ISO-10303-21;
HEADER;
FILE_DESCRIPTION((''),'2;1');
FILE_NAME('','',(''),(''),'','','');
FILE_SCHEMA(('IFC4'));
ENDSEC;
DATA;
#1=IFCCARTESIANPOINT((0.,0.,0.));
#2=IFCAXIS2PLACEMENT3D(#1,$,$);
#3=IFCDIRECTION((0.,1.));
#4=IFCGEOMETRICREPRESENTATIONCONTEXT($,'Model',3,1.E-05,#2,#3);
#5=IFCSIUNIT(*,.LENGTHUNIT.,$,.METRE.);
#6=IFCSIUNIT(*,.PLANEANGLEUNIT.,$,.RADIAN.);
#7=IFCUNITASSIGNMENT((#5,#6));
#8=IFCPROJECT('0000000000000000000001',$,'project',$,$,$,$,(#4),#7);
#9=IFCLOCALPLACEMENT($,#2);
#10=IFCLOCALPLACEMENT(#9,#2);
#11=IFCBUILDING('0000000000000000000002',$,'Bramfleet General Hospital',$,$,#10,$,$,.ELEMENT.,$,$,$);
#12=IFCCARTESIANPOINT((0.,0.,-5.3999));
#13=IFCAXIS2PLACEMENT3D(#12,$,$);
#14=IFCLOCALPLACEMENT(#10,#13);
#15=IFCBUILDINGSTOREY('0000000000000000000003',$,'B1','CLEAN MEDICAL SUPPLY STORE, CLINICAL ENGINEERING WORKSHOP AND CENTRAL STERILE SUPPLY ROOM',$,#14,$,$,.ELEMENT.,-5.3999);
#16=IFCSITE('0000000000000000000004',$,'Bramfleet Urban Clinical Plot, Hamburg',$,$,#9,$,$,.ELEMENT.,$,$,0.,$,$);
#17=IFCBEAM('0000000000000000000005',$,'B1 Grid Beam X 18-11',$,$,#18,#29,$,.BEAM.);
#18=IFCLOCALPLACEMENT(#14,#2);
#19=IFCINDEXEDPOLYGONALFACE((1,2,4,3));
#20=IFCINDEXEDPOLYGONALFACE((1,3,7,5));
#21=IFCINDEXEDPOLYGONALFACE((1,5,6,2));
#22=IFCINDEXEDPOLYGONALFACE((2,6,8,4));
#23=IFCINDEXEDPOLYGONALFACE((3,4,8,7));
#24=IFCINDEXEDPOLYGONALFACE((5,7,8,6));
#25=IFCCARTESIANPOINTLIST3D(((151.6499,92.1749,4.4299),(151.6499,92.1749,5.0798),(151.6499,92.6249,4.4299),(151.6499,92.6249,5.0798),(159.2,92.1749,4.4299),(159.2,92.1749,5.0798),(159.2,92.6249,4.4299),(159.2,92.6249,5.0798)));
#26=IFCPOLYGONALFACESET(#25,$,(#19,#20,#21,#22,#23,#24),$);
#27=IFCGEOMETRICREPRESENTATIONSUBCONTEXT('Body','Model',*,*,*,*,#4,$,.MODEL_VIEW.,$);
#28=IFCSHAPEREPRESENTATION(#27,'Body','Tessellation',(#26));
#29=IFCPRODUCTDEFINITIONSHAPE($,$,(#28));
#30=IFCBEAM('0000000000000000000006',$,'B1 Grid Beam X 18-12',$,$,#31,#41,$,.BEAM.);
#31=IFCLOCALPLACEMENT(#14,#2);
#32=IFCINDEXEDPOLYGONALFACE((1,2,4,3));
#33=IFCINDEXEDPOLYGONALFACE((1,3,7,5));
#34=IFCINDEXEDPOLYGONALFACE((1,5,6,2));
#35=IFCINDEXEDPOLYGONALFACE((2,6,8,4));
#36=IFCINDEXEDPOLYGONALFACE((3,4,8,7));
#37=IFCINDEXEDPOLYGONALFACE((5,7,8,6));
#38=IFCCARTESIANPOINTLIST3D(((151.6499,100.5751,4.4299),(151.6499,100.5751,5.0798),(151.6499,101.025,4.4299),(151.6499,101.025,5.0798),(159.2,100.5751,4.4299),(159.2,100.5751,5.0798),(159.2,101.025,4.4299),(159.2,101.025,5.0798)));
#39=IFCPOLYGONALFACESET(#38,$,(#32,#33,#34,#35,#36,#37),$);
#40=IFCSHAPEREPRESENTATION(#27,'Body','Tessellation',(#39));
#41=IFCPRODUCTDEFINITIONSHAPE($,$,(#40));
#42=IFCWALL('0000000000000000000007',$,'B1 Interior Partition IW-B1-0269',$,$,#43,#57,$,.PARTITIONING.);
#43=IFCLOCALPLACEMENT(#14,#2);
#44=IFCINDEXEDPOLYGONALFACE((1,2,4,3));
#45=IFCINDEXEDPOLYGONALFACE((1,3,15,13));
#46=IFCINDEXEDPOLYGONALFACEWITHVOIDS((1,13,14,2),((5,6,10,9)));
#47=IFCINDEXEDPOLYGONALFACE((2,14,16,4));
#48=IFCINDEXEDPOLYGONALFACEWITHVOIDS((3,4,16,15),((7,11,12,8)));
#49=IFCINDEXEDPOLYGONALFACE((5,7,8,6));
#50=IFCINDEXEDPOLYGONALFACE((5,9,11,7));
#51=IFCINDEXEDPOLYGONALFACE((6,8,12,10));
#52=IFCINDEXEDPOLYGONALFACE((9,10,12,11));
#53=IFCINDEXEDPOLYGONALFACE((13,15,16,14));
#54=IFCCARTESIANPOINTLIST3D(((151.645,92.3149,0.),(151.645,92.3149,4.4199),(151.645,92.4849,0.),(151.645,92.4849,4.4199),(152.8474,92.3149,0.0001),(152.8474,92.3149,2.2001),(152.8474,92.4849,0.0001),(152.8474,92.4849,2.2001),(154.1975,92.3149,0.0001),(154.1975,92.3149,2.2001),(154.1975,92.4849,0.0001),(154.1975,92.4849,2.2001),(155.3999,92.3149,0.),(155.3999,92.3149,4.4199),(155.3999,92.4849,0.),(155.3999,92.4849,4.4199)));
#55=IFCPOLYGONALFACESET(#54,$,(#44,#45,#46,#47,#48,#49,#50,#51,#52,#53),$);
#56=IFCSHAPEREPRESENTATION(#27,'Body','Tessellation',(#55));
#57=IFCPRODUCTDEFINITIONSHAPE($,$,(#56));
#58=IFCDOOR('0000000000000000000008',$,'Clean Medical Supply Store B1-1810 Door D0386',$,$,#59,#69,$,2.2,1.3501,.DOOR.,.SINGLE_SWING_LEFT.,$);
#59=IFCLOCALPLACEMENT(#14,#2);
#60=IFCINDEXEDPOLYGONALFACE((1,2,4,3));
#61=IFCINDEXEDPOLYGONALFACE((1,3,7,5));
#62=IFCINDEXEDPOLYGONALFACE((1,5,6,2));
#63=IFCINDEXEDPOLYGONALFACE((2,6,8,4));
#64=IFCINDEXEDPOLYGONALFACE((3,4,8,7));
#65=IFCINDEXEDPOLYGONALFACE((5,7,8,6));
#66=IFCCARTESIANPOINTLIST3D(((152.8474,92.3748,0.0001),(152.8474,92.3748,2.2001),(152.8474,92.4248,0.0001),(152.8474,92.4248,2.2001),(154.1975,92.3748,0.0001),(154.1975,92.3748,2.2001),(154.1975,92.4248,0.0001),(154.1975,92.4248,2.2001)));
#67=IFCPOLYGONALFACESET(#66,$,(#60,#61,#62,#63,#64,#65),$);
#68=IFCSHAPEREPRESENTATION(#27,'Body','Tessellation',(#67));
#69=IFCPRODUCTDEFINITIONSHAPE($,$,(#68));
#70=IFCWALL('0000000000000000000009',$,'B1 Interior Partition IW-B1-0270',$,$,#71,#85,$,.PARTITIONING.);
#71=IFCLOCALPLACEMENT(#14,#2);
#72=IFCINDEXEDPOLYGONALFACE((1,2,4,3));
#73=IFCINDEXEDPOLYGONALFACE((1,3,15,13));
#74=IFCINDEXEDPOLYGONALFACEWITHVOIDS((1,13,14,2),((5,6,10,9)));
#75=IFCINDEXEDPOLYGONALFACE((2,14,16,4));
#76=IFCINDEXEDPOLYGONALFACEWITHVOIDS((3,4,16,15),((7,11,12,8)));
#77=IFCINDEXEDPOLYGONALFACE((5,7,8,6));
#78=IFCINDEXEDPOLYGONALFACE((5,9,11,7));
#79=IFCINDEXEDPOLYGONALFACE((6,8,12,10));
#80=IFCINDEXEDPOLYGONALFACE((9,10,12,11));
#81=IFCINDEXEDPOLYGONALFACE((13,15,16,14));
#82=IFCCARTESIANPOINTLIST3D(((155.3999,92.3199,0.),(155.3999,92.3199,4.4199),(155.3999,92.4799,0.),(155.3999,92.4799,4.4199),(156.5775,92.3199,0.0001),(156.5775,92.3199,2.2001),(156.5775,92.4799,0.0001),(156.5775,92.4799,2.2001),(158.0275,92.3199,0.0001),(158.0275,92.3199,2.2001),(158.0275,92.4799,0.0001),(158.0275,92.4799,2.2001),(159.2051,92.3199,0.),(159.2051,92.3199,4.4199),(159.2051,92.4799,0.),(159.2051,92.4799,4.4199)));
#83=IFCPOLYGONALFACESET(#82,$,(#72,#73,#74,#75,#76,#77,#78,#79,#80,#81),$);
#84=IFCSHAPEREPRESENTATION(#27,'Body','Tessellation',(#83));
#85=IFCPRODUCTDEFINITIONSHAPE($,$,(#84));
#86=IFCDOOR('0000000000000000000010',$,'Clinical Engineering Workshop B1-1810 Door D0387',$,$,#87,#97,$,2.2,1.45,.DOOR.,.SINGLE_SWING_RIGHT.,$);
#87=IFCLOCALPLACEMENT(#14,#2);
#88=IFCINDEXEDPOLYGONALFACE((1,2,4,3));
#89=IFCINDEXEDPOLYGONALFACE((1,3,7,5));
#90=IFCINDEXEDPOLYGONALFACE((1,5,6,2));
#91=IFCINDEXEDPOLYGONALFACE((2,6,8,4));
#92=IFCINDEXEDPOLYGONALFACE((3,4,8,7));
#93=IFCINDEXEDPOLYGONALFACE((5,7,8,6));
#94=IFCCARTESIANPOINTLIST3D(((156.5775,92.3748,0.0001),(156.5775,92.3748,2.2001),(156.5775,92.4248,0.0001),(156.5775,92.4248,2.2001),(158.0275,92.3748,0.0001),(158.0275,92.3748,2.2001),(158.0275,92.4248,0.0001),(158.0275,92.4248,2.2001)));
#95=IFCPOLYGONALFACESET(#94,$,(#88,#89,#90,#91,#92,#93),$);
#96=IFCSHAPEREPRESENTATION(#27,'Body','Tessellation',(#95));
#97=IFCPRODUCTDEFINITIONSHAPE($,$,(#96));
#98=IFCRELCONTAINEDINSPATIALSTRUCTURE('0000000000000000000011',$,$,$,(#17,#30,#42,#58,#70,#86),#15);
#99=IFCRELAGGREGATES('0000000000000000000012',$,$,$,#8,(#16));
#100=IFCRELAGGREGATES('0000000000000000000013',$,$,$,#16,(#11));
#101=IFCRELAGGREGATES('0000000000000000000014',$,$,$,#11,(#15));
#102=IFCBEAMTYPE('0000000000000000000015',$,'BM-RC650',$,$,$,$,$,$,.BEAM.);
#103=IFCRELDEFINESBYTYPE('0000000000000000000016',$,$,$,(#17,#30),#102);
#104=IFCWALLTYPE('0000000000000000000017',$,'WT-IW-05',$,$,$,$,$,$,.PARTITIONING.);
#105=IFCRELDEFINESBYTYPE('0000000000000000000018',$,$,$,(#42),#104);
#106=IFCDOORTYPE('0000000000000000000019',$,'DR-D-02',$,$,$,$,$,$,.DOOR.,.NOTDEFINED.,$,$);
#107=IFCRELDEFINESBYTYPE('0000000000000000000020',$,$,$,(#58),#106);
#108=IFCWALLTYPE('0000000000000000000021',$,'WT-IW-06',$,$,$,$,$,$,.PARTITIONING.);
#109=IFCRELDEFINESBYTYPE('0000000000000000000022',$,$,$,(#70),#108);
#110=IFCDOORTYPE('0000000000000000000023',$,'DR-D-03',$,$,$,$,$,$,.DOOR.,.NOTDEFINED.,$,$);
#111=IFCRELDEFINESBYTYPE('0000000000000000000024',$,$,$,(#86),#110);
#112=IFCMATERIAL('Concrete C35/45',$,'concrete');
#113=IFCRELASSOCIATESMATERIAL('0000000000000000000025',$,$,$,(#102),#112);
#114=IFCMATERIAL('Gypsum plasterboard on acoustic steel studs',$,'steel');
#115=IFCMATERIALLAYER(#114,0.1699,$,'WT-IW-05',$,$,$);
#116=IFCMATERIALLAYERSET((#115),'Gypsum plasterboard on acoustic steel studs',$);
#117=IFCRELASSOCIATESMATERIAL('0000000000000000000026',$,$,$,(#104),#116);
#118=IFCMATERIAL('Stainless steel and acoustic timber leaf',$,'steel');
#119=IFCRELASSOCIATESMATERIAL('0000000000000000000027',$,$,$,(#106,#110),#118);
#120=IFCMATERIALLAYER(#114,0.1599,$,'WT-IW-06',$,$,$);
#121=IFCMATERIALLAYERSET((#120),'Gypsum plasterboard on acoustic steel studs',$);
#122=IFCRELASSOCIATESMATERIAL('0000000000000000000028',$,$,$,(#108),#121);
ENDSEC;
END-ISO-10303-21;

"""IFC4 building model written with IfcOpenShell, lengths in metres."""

from ifc_helpers import new_model, si_unit, direction, frame, frame_2d, origin, origin_2d, place, context, subcontext, project, spatial, rectangle, extrude, material, layer, layer_set, material_profile, profile_set, type_object, element, fill, save


model = new_model("IFC4")

# Units and contexts
model_context = context("Model", 3, precision=1e-05, world=origin(), true_north=direction((0.0, 1.0)))
body_context = subcontext(model_context, "Body", "Model", "MODEL_VIEW")
ifc_project = project(units=[si_unit("LENGTHUNIT", "METRE"), si_unit("PLANEANGLEUNIT", "RADIAN")], contexts=[model_context])

# Site, building, storey
site_placement = place(None, origin())
site = spatial("IfcSite", under=ifc_project, at=site_placement, Name="Bramfleet Urban Clinical Plot, Hamburg", CompositionType="ELEMENT", RefElevation=0.0)
building_placement = place(site_placement, origin())
building = spatial("IfcBuilding", under=site, at=building_placement, Name="Bramfleet General Hospital", CompositionType="ELEMENT")
storey_placement = place(building_placement, frame((0.0, 0.0, -5.3999)))
storey = spatial("IfcBuildingStorey", under=building, at=storey_placement, Name="B1", Description="CLEAN MEDICAL SUPPLY STORE, CLINICAL ENGINEERING WORKSHOP AND CENTRAL STERILE SUPPLY ROOM", CompositionType="ELEMENT", Elevation=-5.3999)

# Shared definitions
ifc_material_1 = material(Name="Concrete C35/45", Category="concrete")

# Beams
ifc_material_profile_1 = material_profile(ifc_material_1, rectangle(XDim=0.45, YDim=0.6499, at=origin_2d()), Name="RC BM 650x450")
ifc_profile_set_1 = profile_set([ifc_material_profile_1], Name="Concrete C35/45")
beam_type_1 = type_object("IfcBeamType", Name="BM-RC650", PredefinedType="BEAM", material=ifc_profile_set_1)
for number, where, z_axis, x_axis, name in (
    (1, (151.6499, 92.3999, 4.7549), (1.0, 0.0, 0.0), (0.0, 1.0, 0.0), "B1 Grid Beam X 18-11"),
    (2, (151.6499, 100.8, 4.7549), (1.0, 0.0, 0.0), (0.0, 1.0, 0.0), "B1 Grid Beam X 18-12"),
):
    element("IfcBeam", number, at=place(storey_placement, frame(where, z_axis=z_axis, x_axis=x_axis)), inside=storey, type_object=beam_type_1, Name=name, PredefinedType="BEAM", context=body_context, shape_type="SweptSolid", body=[
        extrude(rectangle(XDim=0.45, YDim=0.6499, at=origin_2d()), origin(), (0.0, 0.0, 1.0), 7.55),
    ])

# Walls, openings, doors
ifc_material_2 = material(Name="Gypsum plasterboard on acoustic steel studs", Category="steel")
ifc_layer_1 = layer(ifc_material_2, 0.1699, Name="WT-IW-05")
ifc_layer_set_1 = layer_set([ifc_layer_1], Name="Gypsum plasterboard on acoustic steel studs")
wall_type_1 = type_object("IfcWallType", Name="WT-IW-05", PredefinedType="PARTITIONING", material=ifc_layer_set_1)
wall_1_placement = place(storey_placement, frame((151.645, 92.3999, 0.0), z_axis=(0.0, 0.0, 1.0), x_axis=(1.0, 0.0, 0.0)))
wall_1 = element("IfcWall", 3, at=wall_1_placement, inside=storey, type_object=wall_type_1, Name="B1 Interior Partition IW-B1-0269", PredefinedType="PARTITIONING", context=body_context, shape_type="SweptSolid", body=[
    extrude(rectangle(XDim=3.7549, YDim=0.1699, at=frame_2d((1.8774, 0.0))), origin(), (0.0, 0.0, 1.0), 4.4199),
])
opening_1_placement = place(wall_1_placement, frame((1.2024, 0.0, 0.0)))
opening_1 = element("IfcOpeningElement", 4, at=opening_1_placement, cuts=wall_1, PredefinedType="OPENING", context=body_context, shape_type="SweptSolid", body=[
    extrude(rectangle(XDim=1.3501, YDim=2.2, at=frame_2d((0.675, 1.1001))), frame((0.0, 0.095, 0.0), z_axis=(0.0, -1.0, 0.0), x_axis=(1.0, 0.0, 0.0)), (0.0, 0.0, 1.0), 0.1899),
])
ifc_material_3 = material(Name="Stainless steel and acoustic timber leaf", Category="steel")
door_type_1 = type_object("IfcDoorType", Name="DR-D-02", OperationType="NOTDEFINED", PredefinedType="DOOR", material=ifc_material_3)
door_1_placement = place(opening_1_placement, origin())
door_1 = element("IfcDoor", 5, at=door_1_placement, inside=storey, type_object=door_type_1, Name="Clean Medical Supply Store B1-1810 Door D0386", OperationType="SINGLE_SWING_LEFT", OverallHeight=2.2, OverallWidth=1.3501, PredefinedType="DOOR", context=body_context, shape_type="SweptSolid", body=[
    extrude(rectangle(XDim=1.3501, YDim=2.2, at=frame_2d((0.675, 1.1001))), frame((0.0, 0.0249, 0.0), z_axis=(0.0, -1.0, 0.0), x_axis=(1.0, 0.0, 0.0)), (0.0, 0.0, 1.0), 0.05),
])
fill(opening_1, door_1)
ifc_layer_2 = layer(ifc_material_2, 0.1599, Name="WT-IW-06")
ifc_layer_set_2 = layer_set([ifc_layer_2], Name="Gypsum plasterboard on acoustic steel studs")
wall_type_2 = type_object("IfcWallType", Name="WT-IW-06", PredefinedType="PARTITIONING", material=ifc_layer_set_2)
wall_2_placement = place(storey_placement, frame((155.3999, 92.3999, 0.0), z_axis=(0.0, 0.0, 1.0), x_axis=(1.0, 0.0, 0.0)))
wall_2 = element("IfcWall", 6, at=wall_2_placement, inside=storey, type_object=wall_type_2, Name="B1 Interior Partition IW-B1-0270", PredefinedType="PARTITIONING", context=body_context, shape_type="SweptSolid", body=[
    extrude(rectangle(XDim=3.8052, YDim=0.1599, at=frame_2d((1.9026, 0.0))), origin(), (0.0, 0.0, 1.0), 4.4199),
])
opening_2_placement = place(wall_2_placement, frame((1.1775, 0.0, 0.0)))
opening_2 = element("IfcOpeningElement", 7, at=opening_2_placement, cuts=wall_2, PredefinedType="OPENING", context=body_context, shape_type="SweptSolid", body=[
    extrude(rectangle(XDim=1.45, YDim=2.2, at=frame_2d((0.7251, 1.1001))), frame((0.0, 0.0898, 0.0), z_axis=(0.0, -1.0, 0.0), x_axis=(1.0, 0.0, 0.0)), (0.0, 0.0, 1.0), 0.1799),
])
door_type_2 = type_object("IfcDoorType", Name="DR-D-03", OperationType="NOTDEFINED", PredefinedType="DOOR", material=ifc_material_3)
door_2_placement = place(opening_2_placement, origin())
door_2 = element("IfcDoor", 8, at=door_2_placement, inside=storey, type_object=door_type_2, Name="Clinical Engineering Workshop B1-1810 Door D0387", OperationType="SINGLE_SWING_RIGHT", OverallHeight=2.2, OverallWidth=1.45, PredefinedType="DOOR", context=body_context, shape_type="SweptSolid", body=[
    extrude(rectangle(XDim=1.45, YDim=2.2, at=frame_2d((0.7251, 1.1001))), frame((0.0, 0.0249, 0.0), z_axis=(0.0, -1.0, 0.0), x_axis=(1.0, 0.0, 0.0)), (0.0, 0.0, 1.0), 0.05),
])
fill(opening_2, door_2)

save(model, "model.ifc")
